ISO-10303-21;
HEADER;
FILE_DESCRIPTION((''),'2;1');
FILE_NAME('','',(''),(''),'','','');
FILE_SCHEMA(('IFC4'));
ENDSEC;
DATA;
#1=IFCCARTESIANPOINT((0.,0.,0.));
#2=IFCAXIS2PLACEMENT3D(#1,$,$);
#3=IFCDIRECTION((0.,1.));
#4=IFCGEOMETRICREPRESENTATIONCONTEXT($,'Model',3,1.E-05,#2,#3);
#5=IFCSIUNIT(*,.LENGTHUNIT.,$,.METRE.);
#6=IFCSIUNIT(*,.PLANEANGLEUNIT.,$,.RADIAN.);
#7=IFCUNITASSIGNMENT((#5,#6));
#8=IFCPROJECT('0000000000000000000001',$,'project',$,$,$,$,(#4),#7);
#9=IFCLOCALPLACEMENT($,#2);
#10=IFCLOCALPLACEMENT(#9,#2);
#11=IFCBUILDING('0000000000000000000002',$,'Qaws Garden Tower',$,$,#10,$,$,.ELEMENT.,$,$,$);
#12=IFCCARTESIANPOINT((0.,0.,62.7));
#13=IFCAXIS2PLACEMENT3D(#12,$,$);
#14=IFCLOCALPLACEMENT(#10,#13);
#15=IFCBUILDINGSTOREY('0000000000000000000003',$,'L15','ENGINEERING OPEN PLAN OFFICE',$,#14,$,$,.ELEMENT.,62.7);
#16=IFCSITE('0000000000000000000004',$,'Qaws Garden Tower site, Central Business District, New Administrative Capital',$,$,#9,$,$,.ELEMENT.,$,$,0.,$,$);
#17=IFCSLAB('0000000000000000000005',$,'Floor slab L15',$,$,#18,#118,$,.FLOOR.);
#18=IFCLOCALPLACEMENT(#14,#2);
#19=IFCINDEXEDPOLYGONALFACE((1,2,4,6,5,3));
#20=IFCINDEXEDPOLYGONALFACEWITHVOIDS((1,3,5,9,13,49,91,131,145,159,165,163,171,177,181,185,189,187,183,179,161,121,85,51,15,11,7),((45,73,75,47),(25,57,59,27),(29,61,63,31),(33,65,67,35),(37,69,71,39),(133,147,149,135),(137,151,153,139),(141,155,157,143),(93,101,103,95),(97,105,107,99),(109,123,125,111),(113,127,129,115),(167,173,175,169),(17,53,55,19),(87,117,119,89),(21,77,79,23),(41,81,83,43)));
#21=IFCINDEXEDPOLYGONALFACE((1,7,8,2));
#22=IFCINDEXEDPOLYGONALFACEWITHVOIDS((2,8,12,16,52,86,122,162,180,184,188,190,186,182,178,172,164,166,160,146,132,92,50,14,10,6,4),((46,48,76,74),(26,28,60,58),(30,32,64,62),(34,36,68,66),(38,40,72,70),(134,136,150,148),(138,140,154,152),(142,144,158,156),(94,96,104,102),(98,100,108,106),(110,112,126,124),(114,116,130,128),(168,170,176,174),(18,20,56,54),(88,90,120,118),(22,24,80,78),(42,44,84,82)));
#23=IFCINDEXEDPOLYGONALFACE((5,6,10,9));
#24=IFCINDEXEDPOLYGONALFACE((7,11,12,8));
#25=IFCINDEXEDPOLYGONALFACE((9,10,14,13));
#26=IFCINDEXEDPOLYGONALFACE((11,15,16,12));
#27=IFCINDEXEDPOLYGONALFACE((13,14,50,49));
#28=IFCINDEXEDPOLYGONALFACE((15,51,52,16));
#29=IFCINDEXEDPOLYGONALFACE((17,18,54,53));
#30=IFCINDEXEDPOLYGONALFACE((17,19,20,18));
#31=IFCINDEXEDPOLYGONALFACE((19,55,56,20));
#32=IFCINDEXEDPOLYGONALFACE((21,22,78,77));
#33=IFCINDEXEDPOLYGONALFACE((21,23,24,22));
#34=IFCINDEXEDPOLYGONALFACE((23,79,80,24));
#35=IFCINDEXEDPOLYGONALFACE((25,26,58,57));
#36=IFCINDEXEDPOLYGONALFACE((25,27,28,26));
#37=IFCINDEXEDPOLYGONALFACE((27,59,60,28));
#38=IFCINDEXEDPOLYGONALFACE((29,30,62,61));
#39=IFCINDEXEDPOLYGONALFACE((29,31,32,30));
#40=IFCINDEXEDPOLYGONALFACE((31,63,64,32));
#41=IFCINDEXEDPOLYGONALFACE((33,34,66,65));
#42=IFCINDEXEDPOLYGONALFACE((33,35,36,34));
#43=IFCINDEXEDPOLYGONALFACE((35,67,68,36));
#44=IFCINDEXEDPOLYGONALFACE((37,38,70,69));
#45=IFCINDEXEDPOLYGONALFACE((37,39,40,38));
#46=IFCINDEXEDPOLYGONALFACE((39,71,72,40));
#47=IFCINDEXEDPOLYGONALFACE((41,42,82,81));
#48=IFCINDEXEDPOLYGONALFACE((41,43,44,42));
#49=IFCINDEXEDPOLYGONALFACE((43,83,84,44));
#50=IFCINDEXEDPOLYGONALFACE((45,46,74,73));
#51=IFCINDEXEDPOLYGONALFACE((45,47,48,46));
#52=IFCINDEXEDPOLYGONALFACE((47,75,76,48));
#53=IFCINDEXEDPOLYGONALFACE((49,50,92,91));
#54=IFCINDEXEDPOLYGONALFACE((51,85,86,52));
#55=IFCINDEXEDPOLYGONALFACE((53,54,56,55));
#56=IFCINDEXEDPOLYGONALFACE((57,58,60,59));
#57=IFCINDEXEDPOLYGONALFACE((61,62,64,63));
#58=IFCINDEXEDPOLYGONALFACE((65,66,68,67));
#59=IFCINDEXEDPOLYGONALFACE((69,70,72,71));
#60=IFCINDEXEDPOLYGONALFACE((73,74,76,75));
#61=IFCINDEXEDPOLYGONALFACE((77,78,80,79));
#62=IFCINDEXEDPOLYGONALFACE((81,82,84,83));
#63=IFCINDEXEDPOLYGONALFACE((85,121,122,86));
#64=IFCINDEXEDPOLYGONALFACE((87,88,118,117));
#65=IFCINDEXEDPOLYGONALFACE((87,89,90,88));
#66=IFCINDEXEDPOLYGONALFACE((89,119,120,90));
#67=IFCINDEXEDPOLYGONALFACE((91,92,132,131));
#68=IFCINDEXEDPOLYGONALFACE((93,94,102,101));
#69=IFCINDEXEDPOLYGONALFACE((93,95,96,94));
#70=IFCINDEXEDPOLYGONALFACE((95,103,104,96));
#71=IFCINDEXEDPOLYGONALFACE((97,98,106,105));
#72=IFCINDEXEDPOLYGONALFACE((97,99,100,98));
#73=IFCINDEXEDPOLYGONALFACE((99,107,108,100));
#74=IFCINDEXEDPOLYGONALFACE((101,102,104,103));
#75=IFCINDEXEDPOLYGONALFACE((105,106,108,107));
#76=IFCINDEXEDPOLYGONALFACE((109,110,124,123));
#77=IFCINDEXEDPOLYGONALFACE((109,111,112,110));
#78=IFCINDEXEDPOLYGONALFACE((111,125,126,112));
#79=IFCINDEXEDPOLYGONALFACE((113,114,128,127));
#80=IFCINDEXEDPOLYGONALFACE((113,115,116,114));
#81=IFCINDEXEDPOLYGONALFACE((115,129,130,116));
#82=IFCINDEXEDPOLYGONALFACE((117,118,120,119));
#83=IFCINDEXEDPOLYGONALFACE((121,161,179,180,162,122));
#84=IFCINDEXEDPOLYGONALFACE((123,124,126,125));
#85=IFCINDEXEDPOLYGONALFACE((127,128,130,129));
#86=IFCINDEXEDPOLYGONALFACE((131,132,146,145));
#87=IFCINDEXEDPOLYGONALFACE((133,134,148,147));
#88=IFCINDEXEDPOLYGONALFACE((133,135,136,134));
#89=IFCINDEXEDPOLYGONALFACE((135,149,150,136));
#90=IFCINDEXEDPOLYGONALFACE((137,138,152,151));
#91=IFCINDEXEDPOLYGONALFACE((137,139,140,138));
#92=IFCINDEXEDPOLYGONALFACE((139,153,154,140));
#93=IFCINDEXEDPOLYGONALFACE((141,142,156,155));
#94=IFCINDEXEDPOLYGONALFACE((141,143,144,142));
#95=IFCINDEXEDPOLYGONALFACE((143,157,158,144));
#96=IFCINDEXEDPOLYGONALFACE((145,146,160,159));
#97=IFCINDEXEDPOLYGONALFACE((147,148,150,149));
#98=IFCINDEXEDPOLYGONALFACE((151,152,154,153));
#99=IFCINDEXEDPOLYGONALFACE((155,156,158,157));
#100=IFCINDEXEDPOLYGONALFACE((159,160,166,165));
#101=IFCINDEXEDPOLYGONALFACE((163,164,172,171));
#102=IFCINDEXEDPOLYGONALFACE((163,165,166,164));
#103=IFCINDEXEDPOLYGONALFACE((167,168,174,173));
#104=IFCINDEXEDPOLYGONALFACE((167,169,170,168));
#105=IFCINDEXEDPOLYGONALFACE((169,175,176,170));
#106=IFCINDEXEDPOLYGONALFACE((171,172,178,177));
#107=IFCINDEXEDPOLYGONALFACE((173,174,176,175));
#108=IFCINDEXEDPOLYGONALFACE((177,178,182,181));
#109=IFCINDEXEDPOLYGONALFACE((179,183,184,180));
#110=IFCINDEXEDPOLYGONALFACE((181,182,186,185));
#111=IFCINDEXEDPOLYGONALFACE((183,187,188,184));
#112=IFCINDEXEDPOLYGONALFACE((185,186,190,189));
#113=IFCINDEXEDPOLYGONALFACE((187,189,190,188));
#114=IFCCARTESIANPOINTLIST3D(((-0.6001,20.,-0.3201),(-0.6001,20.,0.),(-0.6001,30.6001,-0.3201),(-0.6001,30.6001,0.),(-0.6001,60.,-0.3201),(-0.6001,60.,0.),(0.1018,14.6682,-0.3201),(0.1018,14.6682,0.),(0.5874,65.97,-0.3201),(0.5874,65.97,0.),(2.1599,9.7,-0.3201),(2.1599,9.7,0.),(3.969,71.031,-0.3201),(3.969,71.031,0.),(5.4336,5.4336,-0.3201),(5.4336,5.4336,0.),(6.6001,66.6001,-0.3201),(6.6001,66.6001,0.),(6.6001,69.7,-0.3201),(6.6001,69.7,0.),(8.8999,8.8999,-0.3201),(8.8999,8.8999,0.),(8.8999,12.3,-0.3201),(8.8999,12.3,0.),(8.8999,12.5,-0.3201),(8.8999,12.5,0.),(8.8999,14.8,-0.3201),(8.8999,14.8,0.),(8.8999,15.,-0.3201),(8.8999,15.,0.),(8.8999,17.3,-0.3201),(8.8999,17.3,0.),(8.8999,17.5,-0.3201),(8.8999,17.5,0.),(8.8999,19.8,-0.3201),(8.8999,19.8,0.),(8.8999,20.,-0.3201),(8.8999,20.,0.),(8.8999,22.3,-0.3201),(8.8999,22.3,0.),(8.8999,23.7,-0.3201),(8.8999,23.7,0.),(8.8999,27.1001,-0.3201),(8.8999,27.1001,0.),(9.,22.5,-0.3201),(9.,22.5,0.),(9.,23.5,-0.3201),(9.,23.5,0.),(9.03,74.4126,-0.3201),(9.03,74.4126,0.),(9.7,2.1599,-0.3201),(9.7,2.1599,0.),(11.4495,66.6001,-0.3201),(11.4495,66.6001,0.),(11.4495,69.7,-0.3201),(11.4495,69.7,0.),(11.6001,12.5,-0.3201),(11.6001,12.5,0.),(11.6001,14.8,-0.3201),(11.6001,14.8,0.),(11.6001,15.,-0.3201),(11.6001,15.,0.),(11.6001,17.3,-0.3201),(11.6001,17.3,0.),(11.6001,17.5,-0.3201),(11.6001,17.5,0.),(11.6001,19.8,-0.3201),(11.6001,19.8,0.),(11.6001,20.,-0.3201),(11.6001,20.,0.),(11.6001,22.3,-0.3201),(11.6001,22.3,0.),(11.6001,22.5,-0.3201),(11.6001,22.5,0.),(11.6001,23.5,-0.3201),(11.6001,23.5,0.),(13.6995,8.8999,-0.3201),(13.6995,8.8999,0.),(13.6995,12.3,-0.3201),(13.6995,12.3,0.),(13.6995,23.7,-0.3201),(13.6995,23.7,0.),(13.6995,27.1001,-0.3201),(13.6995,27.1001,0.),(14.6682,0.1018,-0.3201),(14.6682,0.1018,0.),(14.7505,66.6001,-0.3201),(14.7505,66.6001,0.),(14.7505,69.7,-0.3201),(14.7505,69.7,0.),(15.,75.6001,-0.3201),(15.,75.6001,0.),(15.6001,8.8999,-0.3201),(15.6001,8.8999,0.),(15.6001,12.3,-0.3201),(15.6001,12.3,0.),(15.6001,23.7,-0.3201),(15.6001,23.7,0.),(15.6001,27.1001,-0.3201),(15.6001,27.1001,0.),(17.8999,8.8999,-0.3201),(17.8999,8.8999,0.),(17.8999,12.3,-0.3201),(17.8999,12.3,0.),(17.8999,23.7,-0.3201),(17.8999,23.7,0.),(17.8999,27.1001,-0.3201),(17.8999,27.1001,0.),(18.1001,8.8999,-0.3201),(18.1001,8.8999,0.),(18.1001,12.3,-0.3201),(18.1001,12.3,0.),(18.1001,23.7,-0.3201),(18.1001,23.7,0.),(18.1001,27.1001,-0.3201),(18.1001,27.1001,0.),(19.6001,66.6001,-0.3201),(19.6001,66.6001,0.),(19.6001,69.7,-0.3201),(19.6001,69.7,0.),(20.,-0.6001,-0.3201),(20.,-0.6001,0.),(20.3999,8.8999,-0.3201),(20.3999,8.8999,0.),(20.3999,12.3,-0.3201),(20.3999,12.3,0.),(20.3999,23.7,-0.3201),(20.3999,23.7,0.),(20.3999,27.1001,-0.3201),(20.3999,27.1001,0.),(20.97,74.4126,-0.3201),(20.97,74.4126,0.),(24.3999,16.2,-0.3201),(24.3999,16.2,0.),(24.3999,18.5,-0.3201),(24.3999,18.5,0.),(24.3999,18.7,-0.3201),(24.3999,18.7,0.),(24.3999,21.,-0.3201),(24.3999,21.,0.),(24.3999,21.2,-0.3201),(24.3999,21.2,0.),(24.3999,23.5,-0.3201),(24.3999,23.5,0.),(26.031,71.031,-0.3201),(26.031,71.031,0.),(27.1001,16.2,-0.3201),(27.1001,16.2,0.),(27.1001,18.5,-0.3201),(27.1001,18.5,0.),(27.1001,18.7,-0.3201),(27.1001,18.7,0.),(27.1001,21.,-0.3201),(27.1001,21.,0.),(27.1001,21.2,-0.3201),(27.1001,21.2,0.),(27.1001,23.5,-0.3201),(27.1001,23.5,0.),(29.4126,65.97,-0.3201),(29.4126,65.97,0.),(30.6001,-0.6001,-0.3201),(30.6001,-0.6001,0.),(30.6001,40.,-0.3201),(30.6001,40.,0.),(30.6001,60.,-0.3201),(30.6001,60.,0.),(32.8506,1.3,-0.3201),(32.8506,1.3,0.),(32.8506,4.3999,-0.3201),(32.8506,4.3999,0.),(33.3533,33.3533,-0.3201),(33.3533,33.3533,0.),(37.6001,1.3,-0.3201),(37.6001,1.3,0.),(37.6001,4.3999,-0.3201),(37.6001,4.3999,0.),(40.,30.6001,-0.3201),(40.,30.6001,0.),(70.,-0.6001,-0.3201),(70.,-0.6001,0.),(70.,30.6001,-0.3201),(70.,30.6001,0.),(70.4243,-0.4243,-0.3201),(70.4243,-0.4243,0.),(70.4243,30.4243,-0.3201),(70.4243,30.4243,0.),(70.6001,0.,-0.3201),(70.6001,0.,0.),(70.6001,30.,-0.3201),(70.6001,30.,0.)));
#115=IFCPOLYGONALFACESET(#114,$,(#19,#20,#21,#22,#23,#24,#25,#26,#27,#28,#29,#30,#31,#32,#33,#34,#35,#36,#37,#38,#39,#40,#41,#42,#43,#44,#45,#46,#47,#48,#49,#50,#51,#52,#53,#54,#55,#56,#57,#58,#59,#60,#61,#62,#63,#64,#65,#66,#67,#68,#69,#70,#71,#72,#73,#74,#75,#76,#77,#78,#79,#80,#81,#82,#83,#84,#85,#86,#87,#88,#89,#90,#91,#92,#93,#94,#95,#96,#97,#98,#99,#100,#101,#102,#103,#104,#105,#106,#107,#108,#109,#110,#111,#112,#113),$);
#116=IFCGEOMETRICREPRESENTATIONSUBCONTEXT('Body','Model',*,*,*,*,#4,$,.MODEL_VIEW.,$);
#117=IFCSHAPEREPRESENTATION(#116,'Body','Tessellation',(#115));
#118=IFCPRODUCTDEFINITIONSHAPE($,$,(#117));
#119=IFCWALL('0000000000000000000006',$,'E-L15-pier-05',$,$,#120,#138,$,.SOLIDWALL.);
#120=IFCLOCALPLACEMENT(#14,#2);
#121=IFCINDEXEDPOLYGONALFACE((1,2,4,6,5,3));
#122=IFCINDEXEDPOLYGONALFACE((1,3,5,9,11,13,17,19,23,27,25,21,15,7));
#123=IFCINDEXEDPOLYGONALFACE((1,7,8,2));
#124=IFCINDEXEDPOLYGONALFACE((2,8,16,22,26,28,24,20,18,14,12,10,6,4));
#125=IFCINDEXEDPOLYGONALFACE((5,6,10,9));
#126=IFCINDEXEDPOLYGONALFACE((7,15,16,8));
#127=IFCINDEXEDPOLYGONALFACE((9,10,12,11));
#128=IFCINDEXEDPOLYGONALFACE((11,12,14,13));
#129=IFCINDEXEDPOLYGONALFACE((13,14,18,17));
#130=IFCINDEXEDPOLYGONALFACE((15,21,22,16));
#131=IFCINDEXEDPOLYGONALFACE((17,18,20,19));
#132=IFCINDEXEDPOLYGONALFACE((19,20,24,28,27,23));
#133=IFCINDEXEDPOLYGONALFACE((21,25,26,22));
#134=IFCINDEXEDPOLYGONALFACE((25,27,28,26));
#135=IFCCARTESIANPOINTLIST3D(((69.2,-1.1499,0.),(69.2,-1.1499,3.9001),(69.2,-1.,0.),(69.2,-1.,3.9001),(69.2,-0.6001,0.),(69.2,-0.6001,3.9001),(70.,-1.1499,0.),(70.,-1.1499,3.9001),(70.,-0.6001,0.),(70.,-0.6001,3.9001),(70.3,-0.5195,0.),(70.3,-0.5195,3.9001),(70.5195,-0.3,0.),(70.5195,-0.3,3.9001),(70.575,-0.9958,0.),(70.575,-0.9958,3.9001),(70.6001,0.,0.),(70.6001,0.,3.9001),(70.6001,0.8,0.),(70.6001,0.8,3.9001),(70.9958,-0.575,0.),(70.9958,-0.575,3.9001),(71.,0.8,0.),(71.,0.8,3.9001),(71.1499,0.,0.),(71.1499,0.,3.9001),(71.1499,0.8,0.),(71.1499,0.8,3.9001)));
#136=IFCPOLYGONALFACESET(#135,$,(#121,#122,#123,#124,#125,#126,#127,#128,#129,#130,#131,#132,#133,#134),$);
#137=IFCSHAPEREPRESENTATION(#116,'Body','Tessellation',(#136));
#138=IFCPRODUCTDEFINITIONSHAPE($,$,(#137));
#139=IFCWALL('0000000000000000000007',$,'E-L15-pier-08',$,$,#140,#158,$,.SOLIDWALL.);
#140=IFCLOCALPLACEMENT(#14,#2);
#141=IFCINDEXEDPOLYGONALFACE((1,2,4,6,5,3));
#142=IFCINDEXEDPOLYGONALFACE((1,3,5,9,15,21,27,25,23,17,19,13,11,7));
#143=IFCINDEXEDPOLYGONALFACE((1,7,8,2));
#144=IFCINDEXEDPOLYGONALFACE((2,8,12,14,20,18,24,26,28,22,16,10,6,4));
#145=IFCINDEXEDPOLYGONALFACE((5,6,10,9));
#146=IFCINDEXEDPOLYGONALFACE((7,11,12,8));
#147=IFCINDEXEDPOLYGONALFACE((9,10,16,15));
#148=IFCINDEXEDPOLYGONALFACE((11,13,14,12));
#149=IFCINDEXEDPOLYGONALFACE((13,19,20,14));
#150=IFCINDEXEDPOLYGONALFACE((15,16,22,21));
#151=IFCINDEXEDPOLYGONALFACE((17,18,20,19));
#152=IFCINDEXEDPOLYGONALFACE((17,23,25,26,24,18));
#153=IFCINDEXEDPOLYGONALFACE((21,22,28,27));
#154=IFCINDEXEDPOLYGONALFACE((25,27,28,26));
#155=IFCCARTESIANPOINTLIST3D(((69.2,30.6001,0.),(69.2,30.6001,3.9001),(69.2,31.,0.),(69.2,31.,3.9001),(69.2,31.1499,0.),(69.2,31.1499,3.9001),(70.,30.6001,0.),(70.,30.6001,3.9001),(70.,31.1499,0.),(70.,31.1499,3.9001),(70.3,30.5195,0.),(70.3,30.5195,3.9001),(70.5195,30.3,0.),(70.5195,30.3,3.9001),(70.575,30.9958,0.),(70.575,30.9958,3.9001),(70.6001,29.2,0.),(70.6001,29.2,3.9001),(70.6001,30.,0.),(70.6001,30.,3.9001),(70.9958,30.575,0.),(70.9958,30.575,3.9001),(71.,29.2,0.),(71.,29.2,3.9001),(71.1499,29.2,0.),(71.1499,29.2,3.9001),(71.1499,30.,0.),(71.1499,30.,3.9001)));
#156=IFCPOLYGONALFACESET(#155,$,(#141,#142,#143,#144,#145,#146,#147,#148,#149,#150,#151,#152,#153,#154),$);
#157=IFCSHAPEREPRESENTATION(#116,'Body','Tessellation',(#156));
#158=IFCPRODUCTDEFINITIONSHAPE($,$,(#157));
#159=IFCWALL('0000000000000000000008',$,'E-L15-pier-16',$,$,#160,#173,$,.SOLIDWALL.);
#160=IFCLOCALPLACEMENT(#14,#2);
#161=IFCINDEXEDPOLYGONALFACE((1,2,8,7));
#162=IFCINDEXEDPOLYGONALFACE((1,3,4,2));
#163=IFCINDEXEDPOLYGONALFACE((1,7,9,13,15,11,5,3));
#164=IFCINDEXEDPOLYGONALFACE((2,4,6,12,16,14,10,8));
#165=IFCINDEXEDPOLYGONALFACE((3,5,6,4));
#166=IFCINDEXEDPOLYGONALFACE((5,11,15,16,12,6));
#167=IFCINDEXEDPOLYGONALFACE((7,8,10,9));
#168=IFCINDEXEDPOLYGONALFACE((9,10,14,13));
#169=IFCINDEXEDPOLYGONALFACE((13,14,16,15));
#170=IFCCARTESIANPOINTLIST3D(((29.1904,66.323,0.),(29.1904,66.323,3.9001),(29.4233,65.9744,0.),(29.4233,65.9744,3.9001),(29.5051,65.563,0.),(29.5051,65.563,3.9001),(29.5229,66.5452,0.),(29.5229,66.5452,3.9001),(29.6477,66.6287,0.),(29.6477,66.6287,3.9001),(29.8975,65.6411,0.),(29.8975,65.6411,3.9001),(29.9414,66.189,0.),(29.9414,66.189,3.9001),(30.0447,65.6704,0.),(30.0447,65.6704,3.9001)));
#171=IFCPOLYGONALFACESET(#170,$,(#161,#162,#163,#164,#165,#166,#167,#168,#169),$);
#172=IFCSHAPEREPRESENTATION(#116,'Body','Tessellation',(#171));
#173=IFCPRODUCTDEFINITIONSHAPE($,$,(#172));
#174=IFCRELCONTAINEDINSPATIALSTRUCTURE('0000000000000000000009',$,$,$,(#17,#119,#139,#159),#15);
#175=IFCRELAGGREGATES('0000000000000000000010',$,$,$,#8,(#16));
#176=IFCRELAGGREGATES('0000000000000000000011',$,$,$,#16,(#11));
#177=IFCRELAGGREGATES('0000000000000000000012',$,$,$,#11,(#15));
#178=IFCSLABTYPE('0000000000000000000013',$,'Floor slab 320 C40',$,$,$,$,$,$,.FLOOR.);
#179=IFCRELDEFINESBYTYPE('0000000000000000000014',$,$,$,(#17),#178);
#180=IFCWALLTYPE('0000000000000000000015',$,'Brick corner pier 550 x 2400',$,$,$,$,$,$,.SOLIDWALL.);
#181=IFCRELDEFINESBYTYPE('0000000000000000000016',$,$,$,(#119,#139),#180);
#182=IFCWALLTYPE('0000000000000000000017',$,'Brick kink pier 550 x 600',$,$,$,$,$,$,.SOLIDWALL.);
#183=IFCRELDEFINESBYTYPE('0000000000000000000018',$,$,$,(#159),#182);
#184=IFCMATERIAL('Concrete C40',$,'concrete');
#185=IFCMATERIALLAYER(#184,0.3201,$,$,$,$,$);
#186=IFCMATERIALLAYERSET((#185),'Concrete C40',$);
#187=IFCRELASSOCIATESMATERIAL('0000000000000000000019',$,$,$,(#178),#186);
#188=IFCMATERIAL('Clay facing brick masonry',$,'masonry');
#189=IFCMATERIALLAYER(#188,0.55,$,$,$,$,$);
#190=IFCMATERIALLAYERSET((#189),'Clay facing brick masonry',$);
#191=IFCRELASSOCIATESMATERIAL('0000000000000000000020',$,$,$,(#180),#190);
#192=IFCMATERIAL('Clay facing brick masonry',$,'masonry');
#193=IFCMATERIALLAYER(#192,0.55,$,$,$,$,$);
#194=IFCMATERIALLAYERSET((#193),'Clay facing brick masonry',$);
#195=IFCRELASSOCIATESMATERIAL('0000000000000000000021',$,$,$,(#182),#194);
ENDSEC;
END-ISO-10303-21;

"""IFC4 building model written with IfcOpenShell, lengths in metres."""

from ifc_helpers import new_model, si_unit, direction, frame, origin, place, context, subcontext, project, spatial, polyline, outline, extrude, material, layer, layer_set, type_object, element, save


model = new_model("IFC4")

# Units and contexts
model_context = context("Model", 3, precision=1e-05, world=origin(), true_north=direction((0.0, 1.0)))
body_context = subcontext(model_context, "Body", "Model", "MODEL_VIEW")
ifc_project = project(units=[si_unit("LENGTHUNIT", "METRE"), si_unit("PLANEANGLEUNIT", "RADIAN")], contexts=[model_context])

# Site, building, storey
site_placement = place(None, origin())
site = spatial("IfcSite", under=ifc_project, at=site_placement, Name="Qaws Garden Tower site, Central Business District, New Administrative Capital", CompositionType="ELEMENT", RefElevation=0.0)
building_placement = place(site_placement, origin())
building = spatial("IfcBuilding", under=site, at=building_placement, Name="Qaws Garden Tower", CompositionType="ELEMENT")
storey_placement = place(building_placement, frame((0.0, 0.0, 62.7)))
storey = spatial("IfcBuildingStorey", under=building, at=storey_placement, Name="L15", Description="ENGINEERING OPEN PLAN OFFICE", CompositionType="ELEMENT", Elevation=62.7)

# Slab
ifc_material_1 = material(Name="Concrete C40", Category="concrete")
ifc_layer_1 = layer(ifc_material_1, 0.3201)
ifc_layer_set_1 = layer_set([ifc_layer_1], Name="Concrete C40")
slab_type = type_object("IfcSlabType", Name="Floor slab 320 C40", PredefinedType="FLOOR", material=ifc_layer_set_1)
slab_placement = place(storey_placement, frame((0.0, 0.0, -0.3201)))
element("IfcSlab", 1, at=slab_placement, inside=storey, type_object=slab_type, Name="Floor slab L15", PredefinedType="FLOOR", context=body_context, shape_type="SweptSolid", body=[
    extrude(outline(polyline([(0.1018, 14.6682), (-0.6001, 20.0), (-0.6001, 30.6001), (-0.6001, 60.0), (-0.6001, 60.0), (0.5874, 65.97), (3.969, 71.031), (9.03, 74.4126), (15.0, 75.6001), (20.97, 74.4126), (26.031, 71.031), (29.4126, 65.97), (30.6001, 60.0), (30.6001, 40.0), (33.3533, 33.3533), (40.0, 30.6001), (70.0, 30.6001), (70.4243, 30.4243), (70.6001, 30.0), (70.6001, 0.0), (70.4243, -0.4243), (70.0, -0.6001), (30.6001, -0.6001), (20.0, -0.6001), (14.6682, 0.1018), (9.7, 2.1599), (5.4336, 5.4336), (2.1599, 9.7), (0.1018, 14.6682)]), holes=[polyline([(13.6995, 12.3), (8.8999, 12.3), (8.8999, 8.8999), (13.6995, 8.8999), (13.6995, 12.3)]), polyline([(17.8999, 12.3), (15.6001, 12.3), (15.6001, 8.8999), (17.8999, 8.8999), (17.8999, 12.3)]), polyline([(11.6001, 14.8), (8.8999, 14.8), (8.8999, 12.5), (11.6001, 12.5), (11.6001, 14.8)]), polyline([(11.6001, 17.3), (8.8999, 17.3), (8.8999, 15.0), (11.6001, 15.0), (11.6001, 17.3)]), polyline([(11.6001, 19.8), (8.8999, 19.8), (8.8999, 17.5), (11.6001, 17.5), (11.6001, 19.8)]), polyline([(11.6001, 22.3), (8.8999, 22.3), (8.8999, 20.0), (11.6001, 20.0), (11.6001, 22.3)]), polyline([(11.6001, 23.5), (9.0, 23.5), (9.0, 22.5), (11.6001, 22.5), (11.6001, 23.5)]), polyline([(13.6995, 27.1001), (8.8999, 27.1001), (8.8999, 23.7), (13.6995, 23.7), (13.6995, 27.1001)]), polyline([(11.4495, 69.7), (6.6001, 69.7), (6.6001, 66.6001), (11.4495, 66.6001), (11.4495, 69.7)]), polyline([(37.6001, 4.3999), (32.8506, 4.3999), (32.8506, 1.3), (37.6001, 1.3), (37.6001, 4.3999)]), polyline([(20.3999, 12.3), (18.1001, 12.3), (18.1001, 8.8999), (20.3999, 8.8999), (20.3999, 12.3)]), polyline([(27.1001, 18.5), (24.3999, 18.5), (24.3999, 16.2), (27.1001, 16.2), (27.1001, 18.5)]), polyline([(27.1001, 21.0), (24.3999, 21.0), (24.3999, 18.7), (27.1001, 18.7), (27.1001, 21.0)]), polyline([(27.1001, 23.5), (24.3999, 23.5), (24.3999, 21.2), (27.1001, 21.2), (27.1001, 23.5)]), polyline([(17.8999, 27.1001), (15.6001, 27.1001), (15.6001, 23.7), (17.8999, 23.7), (17.8999, 27.1001)]), polyline([(20.3999, 23.7), (20.3999, 27.1001), (18.1001, 27.1001), (18.1001, 23.7), (20.3999, 23.7)]), polyline([(19.6001, 66.6001), (19.6001, 69.7), (14.7505, 69.7), (14.7505, 66.6001), (19.6001, 66.6001)])]), origin(), (0.0, 0.0, 1.0), 0.3201),
])

# Walls
ifc_material_2 = material(Name="Clay facing brick masonry", Category="masonry")
ifc_layer_2 = layer(ifc_material_2, 0.55)
ifc_layer_set_2 = layer_set([ifc_layer_2], Name="Clay facing brick masonry")
wall_type_1 = type_object("IfcWallType", Name="Brick corner pier 550 x 2400", PredefinedType="SOLIDWALL", material=ifc_layer_set_2)
placement = place(storey_placement, origin())
element("IfcWall", 2, at=placement, inside=storey, type_object=wall_type_1, Name="E-L15-pier-05", PredefinedType="SOLIDWALL", context=body_context, shape_type="SweptSolid", body=[
    extrude(outline(polyline([(69.2, -1.0), (69.2, -1.1499), (70.0, -1.1499), (70.575, -0.9958), (70.9958, -0.575), (71.1499, 0.0), (71.1499, 0.8), (71.0, 0.8), (70.6001, 0.8), (70.6001, 0.0), (70.5195, -0.3), (70.3, -0.5195), (70.0, -0.6001), (69.2, -0.6001), (69.2, -1.0)])), origin(), (0.0, 0.0, 1.0), 3.9001),
])
element("IfcWall", 3, at=placement, inside=storey, type_object=wall_type_1, Name="E-L15-pier-08", PredefinedType="SOLIDWALL", context=body_context, shape_type="SweptSolid", body=[
    extrude(outline(polyline([(71.0, 29.2), (71.1499, 29.2), (71.1499, 30.0), (70.9958, 30.575), (70.575, 30.9958), (70.0, 31.1499), (69.2, 31.1499), (69.2, 31.0), (69.2, 30.6001), (70.0, 30.6001), (70.3, 30.5195), (70.5195, 30.3), (70.6001, 30.0), (70.6001, 29.2), (71.0, 29.2)])), origin(), (0.0, 0.0, 1.0), 3.9001),
])
ifc_material_3 = material(Name="Clay facing brick masonry", Category="masonry")
ifc_layer_3 = layer(ifc_material_3, 0.55)
ifc_layer_set_3 = layer_set([ifc_layer_3], Name="Clay facing brick masonry")
wall_type_2 = type_object("IfcWallType", Name="Brick kink pier 550 x 600", PredefinedType="SOLIDWALL", material=ifc_layer_set_3)
element("IfcWall", 4, at=placement, inside=storey, type_object=wall_type_2, Name="E-L15-pier-16", PredefinedType="SOLIDWALL", context=body_context, shape_type="SweptSolid", body=[
    extrude(outline(polyline([(29.8975, 65.6411), (30.0447, 65.6704), (29.9414, 66.189), (29.6477, 66.6287), (29.5229, 66.5452), (29.1904, 66.323), (29.4233, 65.9744), (29.5051, 65.563), (29.8975, 65.6411)])), origin(), (0.0, 0.0, 1.0), 3.9001),
])

save(model, "model.ifc")
